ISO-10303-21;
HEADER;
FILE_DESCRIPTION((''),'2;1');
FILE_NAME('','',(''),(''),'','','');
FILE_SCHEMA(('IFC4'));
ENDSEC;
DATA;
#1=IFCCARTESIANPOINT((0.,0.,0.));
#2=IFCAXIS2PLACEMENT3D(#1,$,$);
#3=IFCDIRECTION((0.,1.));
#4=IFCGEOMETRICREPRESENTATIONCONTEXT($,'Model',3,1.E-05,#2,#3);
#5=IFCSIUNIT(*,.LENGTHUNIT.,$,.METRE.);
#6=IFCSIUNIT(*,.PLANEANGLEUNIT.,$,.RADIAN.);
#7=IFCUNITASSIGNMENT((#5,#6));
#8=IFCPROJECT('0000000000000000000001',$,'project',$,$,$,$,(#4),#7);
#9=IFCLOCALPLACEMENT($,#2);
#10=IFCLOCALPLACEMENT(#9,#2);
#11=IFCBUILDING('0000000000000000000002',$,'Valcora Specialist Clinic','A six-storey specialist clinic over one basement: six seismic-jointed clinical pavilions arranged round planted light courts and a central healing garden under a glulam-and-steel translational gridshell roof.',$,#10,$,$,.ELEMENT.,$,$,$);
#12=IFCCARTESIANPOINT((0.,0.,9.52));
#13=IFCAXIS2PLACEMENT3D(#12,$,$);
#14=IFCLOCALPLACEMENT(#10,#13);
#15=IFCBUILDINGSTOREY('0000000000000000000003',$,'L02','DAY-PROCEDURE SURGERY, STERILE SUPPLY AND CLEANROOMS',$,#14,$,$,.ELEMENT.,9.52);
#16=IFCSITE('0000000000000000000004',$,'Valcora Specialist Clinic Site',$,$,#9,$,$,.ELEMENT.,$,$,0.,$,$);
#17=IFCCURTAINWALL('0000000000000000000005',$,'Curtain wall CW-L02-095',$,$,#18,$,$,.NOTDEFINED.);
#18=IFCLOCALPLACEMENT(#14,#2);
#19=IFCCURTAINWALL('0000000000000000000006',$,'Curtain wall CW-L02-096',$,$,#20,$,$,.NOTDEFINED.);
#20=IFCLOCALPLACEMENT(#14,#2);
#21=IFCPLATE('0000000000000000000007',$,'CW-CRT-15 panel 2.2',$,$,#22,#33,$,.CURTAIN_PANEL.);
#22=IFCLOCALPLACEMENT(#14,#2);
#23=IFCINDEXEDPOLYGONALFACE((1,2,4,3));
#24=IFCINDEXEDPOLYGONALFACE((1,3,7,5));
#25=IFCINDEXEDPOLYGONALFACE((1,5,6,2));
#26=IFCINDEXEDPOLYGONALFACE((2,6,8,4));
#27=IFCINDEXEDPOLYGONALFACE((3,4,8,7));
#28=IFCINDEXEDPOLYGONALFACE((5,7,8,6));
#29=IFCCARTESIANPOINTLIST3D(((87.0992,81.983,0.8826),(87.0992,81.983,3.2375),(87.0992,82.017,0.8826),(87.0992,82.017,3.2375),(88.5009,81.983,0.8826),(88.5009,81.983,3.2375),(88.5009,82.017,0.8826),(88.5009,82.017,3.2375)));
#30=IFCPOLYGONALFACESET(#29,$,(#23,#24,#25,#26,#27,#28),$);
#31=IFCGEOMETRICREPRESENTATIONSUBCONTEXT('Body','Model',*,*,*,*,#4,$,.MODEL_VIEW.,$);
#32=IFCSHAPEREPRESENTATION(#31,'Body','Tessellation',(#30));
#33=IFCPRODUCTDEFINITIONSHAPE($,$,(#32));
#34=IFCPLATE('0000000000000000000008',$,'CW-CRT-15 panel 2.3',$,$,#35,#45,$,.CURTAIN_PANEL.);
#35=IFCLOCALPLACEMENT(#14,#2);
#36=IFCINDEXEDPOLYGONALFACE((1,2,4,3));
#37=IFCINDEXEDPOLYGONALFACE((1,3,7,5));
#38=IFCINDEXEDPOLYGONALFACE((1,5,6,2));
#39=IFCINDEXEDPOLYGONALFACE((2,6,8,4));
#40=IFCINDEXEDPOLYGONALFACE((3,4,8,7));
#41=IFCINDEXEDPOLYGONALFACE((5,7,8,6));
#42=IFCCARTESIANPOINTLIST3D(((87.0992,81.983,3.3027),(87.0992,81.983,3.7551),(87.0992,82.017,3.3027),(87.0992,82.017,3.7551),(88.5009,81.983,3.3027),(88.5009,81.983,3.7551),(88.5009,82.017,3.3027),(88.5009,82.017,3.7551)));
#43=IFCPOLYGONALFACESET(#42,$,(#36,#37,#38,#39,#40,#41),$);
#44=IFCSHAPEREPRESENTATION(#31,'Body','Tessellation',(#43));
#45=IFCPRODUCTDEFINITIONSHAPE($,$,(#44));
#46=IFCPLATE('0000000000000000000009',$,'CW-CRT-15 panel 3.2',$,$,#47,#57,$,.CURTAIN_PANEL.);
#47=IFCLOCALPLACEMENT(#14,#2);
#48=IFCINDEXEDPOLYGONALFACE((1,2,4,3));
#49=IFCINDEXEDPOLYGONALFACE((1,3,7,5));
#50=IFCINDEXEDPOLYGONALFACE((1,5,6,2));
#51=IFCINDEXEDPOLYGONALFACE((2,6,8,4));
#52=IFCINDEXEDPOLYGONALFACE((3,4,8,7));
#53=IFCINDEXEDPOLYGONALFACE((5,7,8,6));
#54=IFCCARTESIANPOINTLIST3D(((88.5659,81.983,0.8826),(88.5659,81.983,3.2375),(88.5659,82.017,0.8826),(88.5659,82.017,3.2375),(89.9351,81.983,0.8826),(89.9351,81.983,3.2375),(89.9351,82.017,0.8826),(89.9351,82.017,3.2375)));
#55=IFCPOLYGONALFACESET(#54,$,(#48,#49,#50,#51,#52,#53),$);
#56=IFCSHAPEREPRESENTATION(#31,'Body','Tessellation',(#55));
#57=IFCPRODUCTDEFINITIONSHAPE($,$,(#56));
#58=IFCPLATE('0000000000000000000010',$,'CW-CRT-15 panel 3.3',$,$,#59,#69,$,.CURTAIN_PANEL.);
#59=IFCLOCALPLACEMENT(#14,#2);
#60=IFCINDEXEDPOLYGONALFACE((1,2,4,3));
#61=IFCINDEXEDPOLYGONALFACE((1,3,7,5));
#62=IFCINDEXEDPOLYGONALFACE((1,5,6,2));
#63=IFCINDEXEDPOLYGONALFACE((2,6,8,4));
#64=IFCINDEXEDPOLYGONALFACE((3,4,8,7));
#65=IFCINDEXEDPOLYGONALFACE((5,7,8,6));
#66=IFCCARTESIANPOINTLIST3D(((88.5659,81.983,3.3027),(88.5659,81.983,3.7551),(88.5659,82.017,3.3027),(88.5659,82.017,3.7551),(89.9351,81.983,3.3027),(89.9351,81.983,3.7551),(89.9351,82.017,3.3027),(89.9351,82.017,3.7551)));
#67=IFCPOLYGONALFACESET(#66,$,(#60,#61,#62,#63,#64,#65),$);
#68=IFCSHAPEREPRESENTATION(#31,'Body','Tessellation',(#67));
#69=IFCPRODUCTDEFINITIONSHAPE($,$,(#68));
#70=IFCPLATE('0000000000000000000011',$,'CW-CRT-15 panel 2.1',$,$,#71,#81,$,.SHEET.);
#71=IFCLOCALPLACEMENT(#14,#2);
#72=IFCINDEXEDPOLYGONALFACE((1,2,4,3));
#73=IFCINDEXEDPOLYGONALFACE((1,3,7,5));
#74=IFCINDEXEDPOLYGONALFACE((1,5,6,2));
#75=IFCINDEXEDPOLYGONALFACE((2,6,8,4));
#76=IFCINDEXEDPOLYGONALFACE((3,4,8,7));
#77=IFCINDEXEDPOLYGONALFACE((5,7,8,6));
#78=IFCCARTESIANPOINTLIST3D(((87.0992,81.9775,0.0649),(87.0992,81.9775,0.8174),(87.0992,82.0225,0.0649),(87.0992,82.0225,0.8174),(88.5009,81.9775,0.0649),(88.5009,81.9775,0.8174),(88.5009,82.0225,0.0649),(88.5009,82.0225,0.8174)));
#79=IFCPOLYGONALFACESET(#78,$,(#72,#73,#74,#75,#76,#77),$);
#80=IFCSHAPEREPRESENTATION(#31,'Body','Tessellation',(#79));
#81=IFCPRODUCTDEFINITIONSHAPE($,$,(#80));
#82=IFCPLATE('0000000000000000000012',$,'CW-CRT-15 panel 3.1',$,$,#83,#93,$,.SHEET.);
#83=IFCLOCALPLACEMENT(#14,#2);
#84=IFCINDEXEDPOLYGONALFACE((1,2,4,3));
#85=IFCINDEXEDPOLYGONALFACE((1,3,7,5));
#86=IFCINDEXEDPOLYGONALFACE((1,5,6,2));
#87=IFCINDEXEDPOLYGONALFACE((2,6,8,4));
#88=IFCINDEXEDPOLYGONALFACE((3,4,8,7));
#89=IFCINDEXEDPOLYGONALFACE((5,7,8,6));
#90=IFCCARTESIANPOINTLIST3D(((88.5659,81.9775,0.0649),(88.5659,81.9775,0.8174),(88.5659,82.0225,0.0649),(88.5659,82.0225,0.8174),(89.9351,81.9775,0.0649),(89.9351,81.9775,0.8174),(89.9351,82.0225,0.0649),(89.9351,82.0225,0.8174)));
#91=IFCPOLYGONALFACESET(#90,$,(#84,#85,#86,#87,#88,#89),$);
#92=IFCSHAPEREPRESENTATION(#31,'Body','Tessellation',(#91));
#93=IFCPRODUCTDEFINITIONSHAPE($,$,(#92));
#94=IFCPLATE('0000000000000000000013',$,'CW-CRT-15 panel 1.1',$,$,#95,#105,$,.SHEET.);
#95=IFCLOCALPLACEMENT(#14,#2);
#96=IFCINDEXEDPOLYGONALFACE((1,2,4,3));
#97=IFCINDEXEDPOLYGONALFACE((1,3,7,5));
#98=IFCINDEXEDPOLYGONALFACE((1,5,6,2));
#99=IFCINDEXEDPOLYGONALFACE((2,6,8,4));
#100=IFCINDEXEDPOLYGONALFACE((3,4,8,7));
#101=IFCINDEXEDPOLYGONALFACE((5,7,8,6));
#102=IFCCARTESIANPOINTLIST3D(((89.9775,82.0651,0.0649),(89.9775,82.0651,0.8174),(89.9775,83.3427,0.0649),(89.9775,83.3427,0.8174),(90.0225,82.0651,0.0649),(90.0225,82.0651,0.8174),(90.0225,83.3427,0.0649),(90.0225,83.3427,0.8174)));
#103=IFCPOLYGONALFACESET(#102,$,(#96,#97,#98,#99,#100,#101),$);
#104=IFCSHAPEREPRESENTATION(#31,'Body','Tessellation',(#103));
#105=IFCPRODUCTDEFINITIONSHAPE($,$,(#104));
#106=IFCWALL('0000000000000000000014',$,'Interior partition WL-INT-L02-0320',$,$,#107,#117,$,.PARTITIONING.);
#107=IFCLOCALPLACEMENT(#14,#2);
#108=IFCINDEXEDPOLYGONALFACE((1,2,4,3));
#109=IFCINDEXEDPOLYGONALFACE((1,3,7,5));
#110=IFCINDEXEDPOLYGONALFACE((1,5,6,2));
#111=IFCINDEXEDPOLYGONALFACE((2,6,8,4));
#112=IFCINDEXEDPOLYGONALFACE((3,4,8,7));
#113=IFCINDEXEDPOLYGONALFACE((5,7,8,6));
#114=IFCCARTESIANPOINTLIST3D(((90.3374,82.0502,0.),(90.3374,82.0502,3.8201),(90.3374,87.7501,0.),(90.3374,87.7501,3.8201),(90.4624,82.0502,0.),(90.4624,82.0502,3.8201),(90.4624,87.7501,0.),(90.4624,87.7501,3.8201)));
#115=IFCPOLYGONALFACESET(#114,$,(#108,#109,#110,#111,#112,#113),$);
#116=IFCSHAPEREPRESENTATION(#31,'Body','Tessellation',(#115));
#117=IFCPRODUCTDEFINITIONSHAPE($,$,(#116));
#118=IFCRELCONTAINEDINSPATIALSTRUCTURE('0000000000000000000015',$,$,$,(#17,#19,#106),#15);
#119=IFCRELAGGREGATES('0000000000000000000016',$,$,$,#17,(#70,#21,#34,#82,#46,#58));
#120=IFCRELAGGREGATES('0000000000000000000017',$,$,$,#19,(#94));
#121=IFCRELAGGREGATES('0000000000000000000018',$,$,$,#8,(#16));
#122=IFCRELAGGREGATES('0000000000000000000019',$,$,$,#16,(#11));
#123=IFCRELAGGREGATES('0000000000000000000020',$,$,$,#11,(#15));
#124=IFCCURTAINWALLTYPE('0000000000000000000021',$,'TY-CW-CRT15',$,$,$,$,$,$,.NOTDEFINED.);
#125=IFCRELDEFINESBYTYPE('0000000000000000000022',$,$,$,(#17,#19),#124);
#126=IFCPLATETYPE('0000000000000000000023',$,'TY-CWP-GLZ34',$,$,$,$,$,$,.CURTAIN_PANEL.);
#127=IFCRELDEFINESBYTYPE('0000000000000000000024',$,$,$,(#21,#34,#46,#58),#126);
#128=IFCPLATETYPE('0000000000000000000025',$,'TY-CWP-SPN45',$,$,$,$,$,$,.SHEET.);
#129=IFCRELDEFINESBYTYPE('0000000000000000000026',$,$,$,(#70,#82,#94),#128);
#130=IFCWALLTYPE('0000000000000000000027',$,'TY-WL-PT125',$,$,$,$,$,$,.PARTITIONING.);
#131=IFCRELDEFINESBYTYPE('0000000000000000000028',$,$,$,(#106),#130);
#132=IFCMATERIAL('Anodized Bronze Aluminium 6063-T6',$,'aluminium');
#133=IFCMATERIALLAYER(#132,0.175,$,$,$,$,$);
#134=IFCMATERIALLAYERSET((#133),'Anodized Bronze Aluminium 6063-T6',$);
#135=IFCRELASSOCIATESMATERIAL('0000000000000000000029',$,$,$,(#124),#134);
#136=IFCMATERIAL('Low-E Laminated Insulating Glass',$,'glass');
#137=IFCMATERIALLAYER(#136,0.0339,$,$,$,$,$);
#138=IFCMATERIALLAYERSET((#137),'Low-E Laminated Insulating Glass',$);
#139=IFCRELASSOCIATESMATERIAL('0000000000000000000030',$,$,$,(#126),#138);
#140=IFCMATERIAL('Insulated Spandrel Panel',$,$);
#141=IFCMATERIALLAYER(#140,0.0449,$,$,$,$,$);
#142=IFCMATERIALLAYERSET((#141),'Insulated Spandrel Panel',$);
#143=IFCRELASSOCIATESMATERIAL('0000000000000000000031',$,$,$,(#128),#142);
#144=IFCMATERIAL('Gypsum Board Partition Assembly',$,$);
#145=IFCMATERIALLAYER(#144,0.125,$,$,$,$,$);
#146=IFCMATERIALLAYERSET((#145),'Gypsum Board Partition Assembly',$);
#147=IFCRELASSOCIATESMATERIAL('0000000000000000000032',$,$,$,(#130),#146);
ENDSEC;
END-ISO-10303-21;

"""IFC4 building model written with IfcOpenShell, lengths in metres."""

from ifc_helpers import new_model, si_unit, direction, frame, frame_2d, origin, origin_2d, place, context, subcontext, project, spatial, rectangle, extrude, material, layer, layer_set, type_object, element, aggregate, save


model = new_model("IFC4")

# Units and contexts
model_context = context("Model", 3, precision=1e-05, world=origin(), true_north=direction((0.0, 1.0)))
body_context = subcontext(model_context, "Body", "Model", "MODEL_VIEW")
ifc_project = project(units=[si_unit("LENGTHUNIT", "METRE"), si_unit("PLANEANGLEUNIT", "RADIAN")], contexts=[model_context])

# Site, building, storey
site_placement = place(None, origin())
site = spatial("IfcSite", under=ifc_project, at=site_placement, Name="Valcora Specialist Clinic Site", CompositionType="ELEMENT", RefElevation=0.0)
building_placement = place(site_placement, origin())
building = spatial("IfcBuilding", under=site, at=building_placement, Name="Valcora Specialist Clinic", Description="A six-storey specialist clinic over one basement: six seismic-jointed clinical pavilions arranged round planted light courts and a central healing garden under a glulam-and-steel translational gridshell roof.", CompositionType="ELEMENT")
storey_placement = place(building_placement, frame((0.0, 0.0, 9.52)))
storey = spatial("IfcBuildingStorey", under=building, at=storey_placement, Name="L02", Description="DAY-PROCEDURE SURGERY, STERILE SUPPLY AND CLEANROOMS", CompositionType="ELEMENT", Elevation=9.52)

# Curtain walls
ifc_material_1 = material(Name="Anodized Bronze Aluminium 6063-T6", Category="aluminium")
ifc_layer_1 = layer(ifc_material_1, 0.175)
ifc_layer_set_1 = layer_set([ifc_layer_1], Name="Anodized Bronze Aluminium 6063-T6")
curtain_wall_type = type_object("IfcCurtainWallType", Name="TY-CW-CRT15", PredefinedType="NOTDEFINED", material=ifc_layer_set_1)
curtain_wall_1_placement = place(storey_placement, origin())
curtain_wall_1 = element("IfcCurtainWall", 1, at=curtain_wall_1_placement, inside=storey, type_object=curtain_wall_type, Name="Curtain wall CW-L02-095", PredefinedType="NOTDEFINED")
curtain_wall_2_placement = place(storey_placement, origin())
curtain_wall_2 = element("IfcCurtainWall", 2, at=curtain_wall_2_placement, inside=storey, type_object=curtain_wall_type, Name="Curtain wall CW-L02-096", PredefinedType="NOTDEFINED")

# Plates
ifc_material_2 = material(Name="Low-E Laminated Insulating Glass", Category="glass")
ifc_layer_2 = layer(ifc_material_2, 0.0339)
ifc_layer_set_2 = layer_set([ifc_layer_2], Name="Low-E Laminated Insulating Glass")
plate_type_1 = type_object("IfcPlateType", Name="TY-CWP-GLZ34", PredefinedType="CURTAIN_PANEL", material=ifc_layer_set_2)
plate_1_placement = place(storey_placement, frame((87.8, 82.0, 0.8826), z_axis=(0.0, 0.0, 1.0), x_axis=(1.0, 0.0, 0.0)))
plate_1 = element("IfcPlate", 3, at=plate_1_placement, type_object=plate_type_1, Name="CW-CRT-15 panel 2.2", PredefinedType="CURTAIN_PANEL", context=body_context, shape_type="SweptSolid", body=[
    extrude(rectangle(XDim=1.4016, YDim=0.0339, at=origin_2d()), origin(), (0.0, 0.0, 1.0), 2.355),
])
plate_2_placement = place(storey_placement, frame((87.8, 82.0, 3.3027), z_axis=(0.0, 0.0, 1.0), x_axis=(1.0, 0.0, 0.0)))
plate_2 = element("IfcPlate", 4, at=plate_2_placement, type_object=plate_type_1, Name="CW-CRT-15 panel 2.3", PredefinedType="CURTAIN_PANEL", context=body_context, shape_type="SweptSolid", body=[
    extrude(rectangle(XDim=1.4016, YDim=0.0339, at=origin_2d()), origin(), (0.0, 0.0, 1.0), 0.4524),
])
plate_3_placement = place(storey_placement, frame((89.2505, 82.0, 0.8826), z_axis=(0.0, 0.0, 1.0), x_axis=(1.0, 0.0, 0.0)))
plate_3 = element("IfcPlate", 5, at=plate_3_placement, type_object=plate_type_1, Name="CW-CRT-15 panel 3.2", PredefinedType="CURTAIN_PANEL", context=body_context, shape_type="SweptSolid", body=[
    extrude(rectangle(XDim=1.3691, YDim=0.0339, at=origin_2d()), origin(), (0.0, 0.0, 1.0), 2.355),
])
plate_4_placement = place(storey_placement, frame((89.2505, 82.0, 3.3027), z_axis=(0.0, 0.0, 1.0), x_axis=(1.0, 0.0, 0.0)))
plate_4 = element("IfcPlate", 6, at=plate_4_placement, type_object=plate_type_1, Name="CW-CRT-15 panel 3.3", PredefinedType="CURTAIN_PANEL", context=body_context, shape_type="SweptSolid", body=[
    extrude(rectangle(XDim=1.3691, YDim=0.0339, at=origin_2d()), origin(), (0.0, 0.0, 1.0), 0.4524),
])
ifc_material_3 = material(Name="Insulated Spandrel Panel")
ifc_layer_3 = layer(ifc_material_3, 0.0449)
ifc_layer_set_3 = layer_set([ifc_layer_3], Name="Insulated Spandrel Panel")
plate_type_2 = type_object("IfcPlateType", Name="TY-CWP-SPN45", PredefinedType="SHEET", material=ifc_layer_set_3)
plate_5_placement = place(storey_placement, frame((87.8, 82.0, 0.0649), z_axis=(0.0, 0.0, 1.0), x_axis=(1.0, 0.0, 0.0)))
plate_5 = element("IfcPlate", 7, at=plate_5_placement, type_object=plate_type_2, Name="CW-CRT-15 panel 2.1", PredefinedType="SHEET", context=body_context, shape_type="SweptSolid", body=[
    extrude(rectangle(XDim=1.4016, YDim=0.0449, at=origin_2d()), origin(), (0.0, 0.0, 1.0), 0.7524),
])
plate_6_placement = place(storey_placement, frame((89.2505, 82.0, 0.0649), z_axis=(0.0, 0.0, 1.0), x_axis=(1.0, 0.0, 0.0)))
plate_6 = element("IfcPlate", 8, at=plate_6_placement, type_object=plate_type_2, Name="CW-CRT-15 panel 3.1", PredefinedType="SHEET", context=body_context, shape_type="SweptSolid", body=[
    extrude(rectangle(XDim=1.3691, YDim=0.0449, at=origin_2d()), origin(), (0.0, 0.0, 1.0), 0.7524),
])
aggregate(curtain_wall_1, [plate_5, plate_1, plate_2, plate_6, plate_3, plate_4])
plate_7_placement = place(storey_placement, frame((90.0, 82.7039, 0.0649), z_axis=(0.0, 0.0, 1.0), x_axis=(0.0, 1.0, 0.0)))
plate_7 = element("IfcPlate", 9, at=plate_7_placement, type_object=plate_type_2, Name="CW-CRT-15 panel 1.1", PredefinedType="SHEET", context=body_context, shape_type="SweptSolid", body=[
    extrude(rectangle(XDim=1.2776, YDim=0.0449, at=origin_2d()), origin(), (0.0, 0.0, 1.0), 0.7524),
])
aggregate(curtain_wall_2, [plate_7])

# Wall
ifc_material_4 = material(Name="Gypsum Board Partition Assembly")
ifc_layer_4 = layer(ifc_material_4, 0.125)
ifc_layer_set_4 = layer_set([ifc_layer_4], Name="Gypsum Board Partition Assembly")
wall_type = type_object("IfcWallType", Name="TY-WL-PT125", PredefinedType="PARTITIONING", material=ifc_layer_set_4)
wall_placement = place(storey_placement, frame((90.3999, 82.05, 0.0), z_axis=(0.0, 0.0, 1.0), x_axis=(0.0, 1.0, 0.0)))
element("IfcWall", 10, at=wall_placement, inside=storey, type_object=wall_type, Name="Interior partition WL-INT-L02-0320", PredefinedType="PARTITIONING", context=body_context, shape_type="SweptSolid", body=[
    extrude(rectangle(XDim=5.7, YDim=0.125, at=frame_2d((2.8501, 0.0))), origin(), (0.0, 0.0, 1.0), 3.8201),
])

save(model, "model.ifc")
